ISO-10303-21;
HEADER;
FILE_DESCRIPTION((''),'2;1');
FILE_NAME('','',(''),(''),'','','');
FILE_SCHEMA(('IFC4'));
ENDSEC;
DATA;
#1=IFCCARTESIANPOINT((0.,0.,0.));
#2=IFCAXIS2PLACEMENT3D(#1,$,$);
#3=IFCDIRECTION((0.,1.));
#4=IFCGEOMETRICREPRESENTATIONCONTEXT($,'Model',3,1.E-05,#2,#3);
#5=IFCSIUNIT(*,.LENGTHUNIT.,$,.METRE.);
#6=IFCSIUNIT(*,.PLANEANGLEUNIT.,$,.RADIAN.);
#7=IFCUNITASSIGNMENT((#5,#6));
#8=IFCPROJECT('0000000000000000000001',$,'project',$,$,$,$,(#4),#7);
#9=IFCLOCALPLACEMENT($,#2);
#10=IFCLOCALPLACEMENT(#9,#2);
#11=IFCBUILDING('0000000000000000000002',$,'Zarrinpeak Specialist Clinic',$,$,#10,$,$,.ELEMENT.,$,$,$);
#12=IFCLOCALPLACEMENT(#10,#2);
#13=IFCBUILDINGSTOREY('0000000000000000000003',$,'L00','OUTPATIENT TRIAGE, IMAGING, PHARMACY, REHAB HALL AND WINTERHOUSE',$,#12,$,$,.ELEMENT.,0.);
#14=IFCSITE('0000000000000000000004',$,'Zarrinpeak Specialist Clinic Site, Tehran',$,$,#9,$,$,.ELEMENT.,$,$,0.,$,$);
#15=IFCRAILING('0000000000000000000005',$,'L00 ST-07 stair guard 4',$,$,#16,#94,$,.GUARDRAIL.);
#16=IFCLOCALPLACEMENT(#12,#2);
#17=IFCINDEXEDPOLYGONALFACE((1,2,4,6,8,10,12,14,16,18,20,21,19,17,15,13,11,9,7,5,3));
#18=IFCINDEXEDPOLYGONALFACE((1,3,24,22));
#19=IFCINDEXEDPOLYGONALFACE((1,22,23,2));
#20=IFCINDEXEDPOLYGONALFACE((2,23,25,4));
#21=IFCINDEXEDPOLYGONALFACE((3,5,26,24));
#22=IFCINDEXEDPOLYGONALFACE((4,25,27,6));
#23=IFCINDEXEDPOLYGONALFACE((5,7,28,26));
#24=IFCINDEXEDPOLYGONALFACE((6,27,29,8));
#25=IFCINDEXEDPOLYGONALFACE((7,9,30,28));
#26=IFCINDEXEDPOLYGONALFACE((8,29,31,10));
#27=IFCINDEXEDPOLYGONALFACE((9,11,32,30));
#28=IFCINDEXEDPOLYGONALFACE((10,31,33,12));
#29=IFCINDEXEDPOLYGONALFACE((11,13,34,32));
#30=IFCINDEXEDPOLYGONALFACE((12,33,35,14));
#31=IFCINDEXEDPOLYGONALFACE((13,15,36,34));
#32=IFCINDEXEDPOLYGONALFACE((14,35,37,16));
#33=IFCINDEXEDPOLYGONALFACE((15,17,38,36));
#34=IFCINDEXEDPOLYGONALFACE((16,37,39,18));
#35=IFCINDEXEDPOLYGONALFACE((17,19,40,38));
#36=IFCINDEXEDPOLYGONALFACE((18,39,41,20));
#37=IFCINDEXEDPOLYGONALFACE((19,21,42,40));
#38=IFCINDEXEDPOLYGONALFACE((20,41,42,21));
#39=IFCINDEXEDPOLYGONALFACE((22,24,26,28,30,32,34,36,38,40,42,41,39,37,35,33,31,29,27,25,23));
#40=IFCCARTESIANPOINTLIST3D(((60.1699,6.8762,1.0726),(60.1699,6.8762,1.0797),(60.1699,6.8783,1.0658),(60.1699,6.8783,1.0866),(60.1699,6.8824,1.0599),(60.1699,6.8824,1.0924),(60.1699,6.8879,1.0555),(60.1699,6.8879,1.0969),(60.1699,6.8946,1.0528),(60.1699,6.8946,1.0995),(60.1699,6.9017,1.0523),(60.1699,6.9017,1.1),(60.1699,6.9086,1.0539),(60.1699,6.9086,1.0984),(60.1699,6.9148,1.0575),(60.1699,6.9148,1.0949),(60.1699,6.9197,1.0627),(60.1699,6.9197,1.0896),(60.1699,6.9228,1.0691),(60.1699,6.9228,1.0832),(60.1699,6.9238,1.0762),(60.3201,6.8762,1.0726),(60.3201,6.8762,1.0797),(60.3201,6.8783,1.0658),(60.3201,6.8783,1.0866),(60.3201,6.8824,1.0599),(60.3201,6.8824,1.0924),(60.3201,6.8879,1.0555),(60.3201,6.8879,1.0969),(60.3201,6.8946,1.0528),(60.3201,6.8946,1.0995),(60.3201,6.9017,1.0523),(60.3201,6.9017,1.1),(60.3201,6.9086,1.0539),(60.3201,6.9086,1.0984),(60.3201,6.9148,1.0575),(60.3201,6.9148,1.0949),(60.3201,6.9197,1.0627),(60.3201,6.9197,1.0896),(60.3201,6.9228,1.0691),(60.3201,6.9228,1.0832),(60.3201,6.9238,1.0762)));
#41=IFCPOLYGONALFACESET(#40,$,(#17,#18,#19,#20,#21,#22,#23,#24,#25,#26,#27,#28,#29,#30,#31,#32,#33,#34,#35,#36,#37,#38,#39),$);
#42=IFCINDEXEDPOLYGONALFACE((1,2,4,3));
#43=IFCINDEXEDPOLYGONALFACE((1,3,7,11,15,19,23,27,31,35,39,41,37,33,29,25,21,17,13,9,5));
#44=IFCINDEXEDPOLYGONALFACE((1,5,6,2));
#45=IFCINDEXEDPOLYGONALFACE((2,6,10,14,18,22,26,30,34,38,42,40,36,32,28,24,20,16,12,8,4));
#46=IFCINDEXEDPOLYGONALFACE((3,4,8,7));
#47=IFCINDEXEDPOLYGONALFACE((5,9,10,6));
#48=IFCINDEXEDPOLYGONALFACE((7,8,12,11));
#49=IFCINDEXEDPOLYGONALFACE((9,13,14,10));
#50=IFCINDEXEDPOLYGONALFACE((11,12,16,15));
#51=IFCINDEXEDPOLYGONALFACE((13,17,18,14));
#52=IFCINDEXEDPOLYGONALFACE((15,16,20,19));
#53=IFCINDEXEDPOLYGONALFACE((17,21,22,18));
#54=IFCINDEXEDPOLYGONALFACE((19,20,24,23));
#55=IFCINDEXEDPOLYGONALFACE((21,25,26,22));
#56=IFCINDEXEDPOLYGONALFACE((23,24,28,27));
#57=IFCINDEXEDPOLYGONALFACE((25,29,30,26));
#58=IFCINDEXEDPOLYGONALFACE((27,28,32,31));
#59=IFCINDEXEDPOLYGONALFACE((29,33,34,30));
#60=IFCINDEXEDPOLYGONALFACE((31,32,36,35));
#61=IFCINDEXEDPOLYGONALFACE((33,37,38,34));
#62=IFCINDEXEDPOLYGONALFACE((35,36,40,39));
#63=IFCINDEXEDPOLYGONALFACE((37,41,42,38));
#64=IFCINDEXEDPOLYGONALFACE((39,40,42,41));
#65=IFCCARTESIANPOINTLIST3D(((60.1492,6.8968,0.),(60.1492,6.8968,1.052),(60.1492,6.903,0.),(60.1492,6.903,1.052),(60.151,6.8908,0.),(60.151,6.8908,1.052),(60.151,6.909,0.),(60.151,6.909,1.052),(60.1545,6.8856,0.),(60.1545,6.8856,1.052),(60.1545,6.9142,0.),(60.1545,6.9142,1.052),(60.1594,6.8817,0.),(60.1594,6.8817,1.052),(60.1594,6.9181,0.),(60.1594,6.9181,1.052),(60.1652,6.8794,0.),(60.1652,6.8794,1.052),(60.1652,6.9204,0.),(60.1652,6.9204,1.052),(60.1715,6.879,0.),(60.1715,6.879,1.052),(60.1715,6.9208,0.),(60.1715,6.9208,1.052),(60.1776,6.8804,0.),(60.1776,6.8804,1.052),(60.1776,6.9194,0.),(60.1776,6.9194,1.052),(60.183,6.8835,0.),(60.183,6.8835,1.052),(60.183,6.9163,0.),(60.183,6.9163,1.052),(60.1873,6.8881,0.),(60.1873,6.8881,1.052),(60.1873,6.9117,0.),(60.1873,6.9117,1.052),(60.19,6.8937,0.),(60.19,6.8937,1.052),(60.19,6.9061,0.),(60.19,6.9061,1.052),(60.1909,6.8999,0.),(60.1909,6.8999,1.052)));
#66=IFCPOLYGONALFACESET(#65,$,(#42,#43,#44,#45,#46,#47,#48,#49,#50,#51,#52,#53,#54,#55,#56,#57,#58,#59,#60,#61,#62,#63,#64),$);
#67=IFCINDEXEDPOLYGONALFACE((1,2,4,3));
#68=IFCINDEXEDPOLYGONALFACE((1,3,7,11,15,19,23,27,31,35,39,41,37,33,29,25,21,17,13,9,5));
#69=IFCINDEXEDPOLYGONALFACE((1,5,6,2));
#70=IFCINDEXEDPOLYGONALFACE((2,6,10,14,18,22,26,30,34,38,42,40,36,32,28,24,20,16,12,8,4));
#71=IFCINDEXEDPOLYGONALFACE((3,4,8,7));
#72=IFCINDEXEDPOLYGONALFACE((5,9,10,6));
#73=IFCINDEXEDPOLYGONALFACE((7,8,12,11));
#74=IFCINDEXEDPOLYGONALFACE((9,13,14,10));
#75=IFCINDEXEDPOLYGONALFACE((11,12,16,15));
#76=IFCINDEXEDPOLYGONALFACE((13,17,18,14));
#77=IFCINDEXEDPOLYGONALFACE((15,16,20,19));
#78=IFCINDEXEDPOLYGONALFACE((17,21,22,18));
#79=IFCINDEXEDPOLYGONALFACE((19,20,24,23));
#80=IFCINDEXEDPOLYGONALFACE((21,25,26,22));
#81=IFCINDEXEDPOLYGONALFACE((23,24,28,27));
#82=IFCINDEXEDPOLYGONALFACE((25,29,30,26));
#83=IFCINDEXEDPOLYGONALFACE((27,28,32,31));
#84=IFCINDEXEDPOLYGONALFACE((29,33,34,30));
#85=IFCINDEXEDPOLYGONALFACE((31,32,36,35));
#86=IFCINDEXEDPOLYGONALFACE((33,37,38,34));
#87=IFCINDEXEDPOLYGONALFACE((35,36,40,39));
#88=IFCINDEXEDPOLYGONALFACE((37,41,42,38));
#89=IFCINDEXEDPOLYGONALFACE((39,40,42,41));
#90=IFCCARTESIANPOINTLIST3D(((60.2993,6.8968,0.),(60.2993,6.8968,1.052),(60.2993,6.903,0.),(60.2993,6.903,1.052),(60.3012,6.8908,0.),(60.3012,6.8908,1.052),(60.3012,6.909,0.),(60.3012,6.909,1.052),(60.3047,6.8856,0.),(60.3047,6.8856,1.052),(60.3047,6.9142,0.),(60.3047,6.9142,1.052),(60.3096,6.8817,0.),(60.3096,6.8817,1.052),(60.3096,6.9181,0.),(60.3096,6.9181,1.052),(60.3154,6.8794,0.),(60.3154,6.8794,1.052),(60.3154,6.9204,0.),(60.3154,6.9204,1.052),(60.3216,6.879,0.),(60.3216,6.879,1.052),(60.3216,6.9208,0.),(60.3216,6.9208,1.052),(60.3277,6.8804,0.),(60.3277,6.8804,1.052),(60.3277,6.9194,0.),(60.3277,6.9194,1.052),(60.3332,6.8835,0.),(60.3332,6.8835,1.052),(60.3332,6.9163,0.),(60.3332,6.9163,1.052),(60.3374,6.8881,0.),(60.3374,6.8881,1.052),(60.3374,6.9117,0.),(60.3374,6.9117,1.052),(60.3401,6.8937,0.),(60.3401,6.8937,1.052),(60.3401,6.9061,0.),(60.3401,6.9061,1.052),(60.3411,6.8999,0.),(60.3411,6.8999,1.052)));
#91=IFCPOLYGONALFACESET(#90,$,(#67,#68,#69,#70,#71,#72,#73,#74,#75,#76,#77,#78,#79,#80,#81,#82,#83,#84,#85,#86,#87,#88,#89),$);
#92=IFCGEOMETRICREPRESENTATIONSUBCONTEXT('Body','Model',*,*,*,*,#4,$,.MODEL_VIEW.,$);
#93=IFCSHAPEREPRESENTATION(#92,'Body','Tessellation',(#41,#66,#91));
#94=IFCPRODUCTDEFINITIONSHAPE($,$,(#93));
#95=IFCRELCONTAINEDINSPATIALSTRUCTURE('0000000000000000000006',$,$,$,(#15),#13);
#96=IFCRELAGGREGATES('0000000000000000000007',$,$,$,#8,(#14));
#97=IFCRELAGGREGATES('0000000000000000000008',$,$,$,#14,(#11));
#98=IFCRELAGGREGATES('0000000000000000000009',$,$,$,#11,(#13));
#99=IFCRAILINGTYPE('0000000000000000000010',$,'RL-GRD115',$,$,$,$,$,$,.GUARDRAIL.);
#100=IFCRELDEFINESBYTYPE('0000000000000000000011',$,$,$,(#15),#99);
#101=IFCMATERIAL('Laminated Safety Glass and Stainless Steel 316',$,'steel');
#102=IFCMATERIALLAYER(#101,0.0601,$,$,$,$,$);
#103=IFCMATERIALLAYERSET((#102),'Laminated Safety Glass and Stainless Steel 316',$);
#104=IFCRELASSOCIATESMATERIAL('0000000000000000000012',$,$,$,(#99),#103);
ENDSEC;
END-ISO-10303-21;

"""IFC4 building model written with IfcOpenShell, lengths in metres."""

from ifc_helpers import new_model, si_unit, direction, frame, origin, origin_2d, place, context, subcontext, project, spatial, circle, extrude, material, layer, layer_set, type_object, element, save


model = new_model("IFC4")

# Units and contexts
model_context = context("Model", 3, precision=1e-05, world=origin(), true_north=direction((0.0, 1.0)))
body_context = subcontext(model_context, "Body", "Model", "MODEL_VIEW")
ifc_project = project(units=[si_unit("LENGTHUNIT", "METRE"), si_unit("PLANEANGLEUNIT", "RADIAN")], contexts=[model_context])

# Site, building, storey
site_placement = place(None, origin())
site = spatial("IfcSite", under=ifc_project, at=site_placement, Name="Zarrinpeak Specialist Clinic Site, Tehran", CompositionType="ELEMENT", RefElevation=0.0)
building_placement = place(site_placement, origin())
building = spatial("IfcBuilding", under=site, at=building_placement, Name="Zarrinpeak Specialist Clinic", CompositionType="ELEMENT")
storey_placement = place(building_placement, origin())
storey = spatial("IfcBuildingStorey", under=building, at=storey_placement, Name="L00", Description="OUTPATIENT TRIAGE, IMAGING, PHARMACY, REHAB HALL AND WINTERHOUSE", CompositionType="ELEMENT", Elevation=0.0)

# Railing
ifc_material_1 = material(Name="Laminated Safety Glass and Stainless Steel 316", Category="steel")
ifc_layer_1 = layer(ifc_material_1, 0.0601)
ifc_layer_set_1 = layer_set([ifc_layer_1], Name="Laminated Safety Glass and Stainless Steel 316")
railing_type_1 = type_object("IfcRailingType", Name="RL-GRD115", PredefinedType="GUARDRAIL", material=ifc_layer_set_1)
railing_1_placement = place(storey_placement, frame((60.1699, 6.8999, 0.0)))
element("IfcRailing", 1, at=railing_1_placement, inside=storey, type_object=railing_type_1, Name="L00 ST-07 stair guard 4", PredefinedType="GUARDRAIL", context=body_context, shape_type="SweptSolid", body=[
    extrude(circle(Radius=0.0239, at=origin_2d()), frame((0.0, 0.0, 1.0762), z_axis=(1.0, 0.0, 0.0), x_axis=(0.0, 1.0, 0.0)), (0.0, 0.0, 1.0), 0.1501),
    extrude(circle(Radius=0.021, at=origin_2d()), origin(), (0.0, 0.0, 1.0), 1.052),
    extrude(circle(Radius=0.021, at=origin_2d()), frame((0.1501, 0.0, 0.0)), (0.0, 0.0, 1.0), 1.052),
])

save(model, "model.ifc")
